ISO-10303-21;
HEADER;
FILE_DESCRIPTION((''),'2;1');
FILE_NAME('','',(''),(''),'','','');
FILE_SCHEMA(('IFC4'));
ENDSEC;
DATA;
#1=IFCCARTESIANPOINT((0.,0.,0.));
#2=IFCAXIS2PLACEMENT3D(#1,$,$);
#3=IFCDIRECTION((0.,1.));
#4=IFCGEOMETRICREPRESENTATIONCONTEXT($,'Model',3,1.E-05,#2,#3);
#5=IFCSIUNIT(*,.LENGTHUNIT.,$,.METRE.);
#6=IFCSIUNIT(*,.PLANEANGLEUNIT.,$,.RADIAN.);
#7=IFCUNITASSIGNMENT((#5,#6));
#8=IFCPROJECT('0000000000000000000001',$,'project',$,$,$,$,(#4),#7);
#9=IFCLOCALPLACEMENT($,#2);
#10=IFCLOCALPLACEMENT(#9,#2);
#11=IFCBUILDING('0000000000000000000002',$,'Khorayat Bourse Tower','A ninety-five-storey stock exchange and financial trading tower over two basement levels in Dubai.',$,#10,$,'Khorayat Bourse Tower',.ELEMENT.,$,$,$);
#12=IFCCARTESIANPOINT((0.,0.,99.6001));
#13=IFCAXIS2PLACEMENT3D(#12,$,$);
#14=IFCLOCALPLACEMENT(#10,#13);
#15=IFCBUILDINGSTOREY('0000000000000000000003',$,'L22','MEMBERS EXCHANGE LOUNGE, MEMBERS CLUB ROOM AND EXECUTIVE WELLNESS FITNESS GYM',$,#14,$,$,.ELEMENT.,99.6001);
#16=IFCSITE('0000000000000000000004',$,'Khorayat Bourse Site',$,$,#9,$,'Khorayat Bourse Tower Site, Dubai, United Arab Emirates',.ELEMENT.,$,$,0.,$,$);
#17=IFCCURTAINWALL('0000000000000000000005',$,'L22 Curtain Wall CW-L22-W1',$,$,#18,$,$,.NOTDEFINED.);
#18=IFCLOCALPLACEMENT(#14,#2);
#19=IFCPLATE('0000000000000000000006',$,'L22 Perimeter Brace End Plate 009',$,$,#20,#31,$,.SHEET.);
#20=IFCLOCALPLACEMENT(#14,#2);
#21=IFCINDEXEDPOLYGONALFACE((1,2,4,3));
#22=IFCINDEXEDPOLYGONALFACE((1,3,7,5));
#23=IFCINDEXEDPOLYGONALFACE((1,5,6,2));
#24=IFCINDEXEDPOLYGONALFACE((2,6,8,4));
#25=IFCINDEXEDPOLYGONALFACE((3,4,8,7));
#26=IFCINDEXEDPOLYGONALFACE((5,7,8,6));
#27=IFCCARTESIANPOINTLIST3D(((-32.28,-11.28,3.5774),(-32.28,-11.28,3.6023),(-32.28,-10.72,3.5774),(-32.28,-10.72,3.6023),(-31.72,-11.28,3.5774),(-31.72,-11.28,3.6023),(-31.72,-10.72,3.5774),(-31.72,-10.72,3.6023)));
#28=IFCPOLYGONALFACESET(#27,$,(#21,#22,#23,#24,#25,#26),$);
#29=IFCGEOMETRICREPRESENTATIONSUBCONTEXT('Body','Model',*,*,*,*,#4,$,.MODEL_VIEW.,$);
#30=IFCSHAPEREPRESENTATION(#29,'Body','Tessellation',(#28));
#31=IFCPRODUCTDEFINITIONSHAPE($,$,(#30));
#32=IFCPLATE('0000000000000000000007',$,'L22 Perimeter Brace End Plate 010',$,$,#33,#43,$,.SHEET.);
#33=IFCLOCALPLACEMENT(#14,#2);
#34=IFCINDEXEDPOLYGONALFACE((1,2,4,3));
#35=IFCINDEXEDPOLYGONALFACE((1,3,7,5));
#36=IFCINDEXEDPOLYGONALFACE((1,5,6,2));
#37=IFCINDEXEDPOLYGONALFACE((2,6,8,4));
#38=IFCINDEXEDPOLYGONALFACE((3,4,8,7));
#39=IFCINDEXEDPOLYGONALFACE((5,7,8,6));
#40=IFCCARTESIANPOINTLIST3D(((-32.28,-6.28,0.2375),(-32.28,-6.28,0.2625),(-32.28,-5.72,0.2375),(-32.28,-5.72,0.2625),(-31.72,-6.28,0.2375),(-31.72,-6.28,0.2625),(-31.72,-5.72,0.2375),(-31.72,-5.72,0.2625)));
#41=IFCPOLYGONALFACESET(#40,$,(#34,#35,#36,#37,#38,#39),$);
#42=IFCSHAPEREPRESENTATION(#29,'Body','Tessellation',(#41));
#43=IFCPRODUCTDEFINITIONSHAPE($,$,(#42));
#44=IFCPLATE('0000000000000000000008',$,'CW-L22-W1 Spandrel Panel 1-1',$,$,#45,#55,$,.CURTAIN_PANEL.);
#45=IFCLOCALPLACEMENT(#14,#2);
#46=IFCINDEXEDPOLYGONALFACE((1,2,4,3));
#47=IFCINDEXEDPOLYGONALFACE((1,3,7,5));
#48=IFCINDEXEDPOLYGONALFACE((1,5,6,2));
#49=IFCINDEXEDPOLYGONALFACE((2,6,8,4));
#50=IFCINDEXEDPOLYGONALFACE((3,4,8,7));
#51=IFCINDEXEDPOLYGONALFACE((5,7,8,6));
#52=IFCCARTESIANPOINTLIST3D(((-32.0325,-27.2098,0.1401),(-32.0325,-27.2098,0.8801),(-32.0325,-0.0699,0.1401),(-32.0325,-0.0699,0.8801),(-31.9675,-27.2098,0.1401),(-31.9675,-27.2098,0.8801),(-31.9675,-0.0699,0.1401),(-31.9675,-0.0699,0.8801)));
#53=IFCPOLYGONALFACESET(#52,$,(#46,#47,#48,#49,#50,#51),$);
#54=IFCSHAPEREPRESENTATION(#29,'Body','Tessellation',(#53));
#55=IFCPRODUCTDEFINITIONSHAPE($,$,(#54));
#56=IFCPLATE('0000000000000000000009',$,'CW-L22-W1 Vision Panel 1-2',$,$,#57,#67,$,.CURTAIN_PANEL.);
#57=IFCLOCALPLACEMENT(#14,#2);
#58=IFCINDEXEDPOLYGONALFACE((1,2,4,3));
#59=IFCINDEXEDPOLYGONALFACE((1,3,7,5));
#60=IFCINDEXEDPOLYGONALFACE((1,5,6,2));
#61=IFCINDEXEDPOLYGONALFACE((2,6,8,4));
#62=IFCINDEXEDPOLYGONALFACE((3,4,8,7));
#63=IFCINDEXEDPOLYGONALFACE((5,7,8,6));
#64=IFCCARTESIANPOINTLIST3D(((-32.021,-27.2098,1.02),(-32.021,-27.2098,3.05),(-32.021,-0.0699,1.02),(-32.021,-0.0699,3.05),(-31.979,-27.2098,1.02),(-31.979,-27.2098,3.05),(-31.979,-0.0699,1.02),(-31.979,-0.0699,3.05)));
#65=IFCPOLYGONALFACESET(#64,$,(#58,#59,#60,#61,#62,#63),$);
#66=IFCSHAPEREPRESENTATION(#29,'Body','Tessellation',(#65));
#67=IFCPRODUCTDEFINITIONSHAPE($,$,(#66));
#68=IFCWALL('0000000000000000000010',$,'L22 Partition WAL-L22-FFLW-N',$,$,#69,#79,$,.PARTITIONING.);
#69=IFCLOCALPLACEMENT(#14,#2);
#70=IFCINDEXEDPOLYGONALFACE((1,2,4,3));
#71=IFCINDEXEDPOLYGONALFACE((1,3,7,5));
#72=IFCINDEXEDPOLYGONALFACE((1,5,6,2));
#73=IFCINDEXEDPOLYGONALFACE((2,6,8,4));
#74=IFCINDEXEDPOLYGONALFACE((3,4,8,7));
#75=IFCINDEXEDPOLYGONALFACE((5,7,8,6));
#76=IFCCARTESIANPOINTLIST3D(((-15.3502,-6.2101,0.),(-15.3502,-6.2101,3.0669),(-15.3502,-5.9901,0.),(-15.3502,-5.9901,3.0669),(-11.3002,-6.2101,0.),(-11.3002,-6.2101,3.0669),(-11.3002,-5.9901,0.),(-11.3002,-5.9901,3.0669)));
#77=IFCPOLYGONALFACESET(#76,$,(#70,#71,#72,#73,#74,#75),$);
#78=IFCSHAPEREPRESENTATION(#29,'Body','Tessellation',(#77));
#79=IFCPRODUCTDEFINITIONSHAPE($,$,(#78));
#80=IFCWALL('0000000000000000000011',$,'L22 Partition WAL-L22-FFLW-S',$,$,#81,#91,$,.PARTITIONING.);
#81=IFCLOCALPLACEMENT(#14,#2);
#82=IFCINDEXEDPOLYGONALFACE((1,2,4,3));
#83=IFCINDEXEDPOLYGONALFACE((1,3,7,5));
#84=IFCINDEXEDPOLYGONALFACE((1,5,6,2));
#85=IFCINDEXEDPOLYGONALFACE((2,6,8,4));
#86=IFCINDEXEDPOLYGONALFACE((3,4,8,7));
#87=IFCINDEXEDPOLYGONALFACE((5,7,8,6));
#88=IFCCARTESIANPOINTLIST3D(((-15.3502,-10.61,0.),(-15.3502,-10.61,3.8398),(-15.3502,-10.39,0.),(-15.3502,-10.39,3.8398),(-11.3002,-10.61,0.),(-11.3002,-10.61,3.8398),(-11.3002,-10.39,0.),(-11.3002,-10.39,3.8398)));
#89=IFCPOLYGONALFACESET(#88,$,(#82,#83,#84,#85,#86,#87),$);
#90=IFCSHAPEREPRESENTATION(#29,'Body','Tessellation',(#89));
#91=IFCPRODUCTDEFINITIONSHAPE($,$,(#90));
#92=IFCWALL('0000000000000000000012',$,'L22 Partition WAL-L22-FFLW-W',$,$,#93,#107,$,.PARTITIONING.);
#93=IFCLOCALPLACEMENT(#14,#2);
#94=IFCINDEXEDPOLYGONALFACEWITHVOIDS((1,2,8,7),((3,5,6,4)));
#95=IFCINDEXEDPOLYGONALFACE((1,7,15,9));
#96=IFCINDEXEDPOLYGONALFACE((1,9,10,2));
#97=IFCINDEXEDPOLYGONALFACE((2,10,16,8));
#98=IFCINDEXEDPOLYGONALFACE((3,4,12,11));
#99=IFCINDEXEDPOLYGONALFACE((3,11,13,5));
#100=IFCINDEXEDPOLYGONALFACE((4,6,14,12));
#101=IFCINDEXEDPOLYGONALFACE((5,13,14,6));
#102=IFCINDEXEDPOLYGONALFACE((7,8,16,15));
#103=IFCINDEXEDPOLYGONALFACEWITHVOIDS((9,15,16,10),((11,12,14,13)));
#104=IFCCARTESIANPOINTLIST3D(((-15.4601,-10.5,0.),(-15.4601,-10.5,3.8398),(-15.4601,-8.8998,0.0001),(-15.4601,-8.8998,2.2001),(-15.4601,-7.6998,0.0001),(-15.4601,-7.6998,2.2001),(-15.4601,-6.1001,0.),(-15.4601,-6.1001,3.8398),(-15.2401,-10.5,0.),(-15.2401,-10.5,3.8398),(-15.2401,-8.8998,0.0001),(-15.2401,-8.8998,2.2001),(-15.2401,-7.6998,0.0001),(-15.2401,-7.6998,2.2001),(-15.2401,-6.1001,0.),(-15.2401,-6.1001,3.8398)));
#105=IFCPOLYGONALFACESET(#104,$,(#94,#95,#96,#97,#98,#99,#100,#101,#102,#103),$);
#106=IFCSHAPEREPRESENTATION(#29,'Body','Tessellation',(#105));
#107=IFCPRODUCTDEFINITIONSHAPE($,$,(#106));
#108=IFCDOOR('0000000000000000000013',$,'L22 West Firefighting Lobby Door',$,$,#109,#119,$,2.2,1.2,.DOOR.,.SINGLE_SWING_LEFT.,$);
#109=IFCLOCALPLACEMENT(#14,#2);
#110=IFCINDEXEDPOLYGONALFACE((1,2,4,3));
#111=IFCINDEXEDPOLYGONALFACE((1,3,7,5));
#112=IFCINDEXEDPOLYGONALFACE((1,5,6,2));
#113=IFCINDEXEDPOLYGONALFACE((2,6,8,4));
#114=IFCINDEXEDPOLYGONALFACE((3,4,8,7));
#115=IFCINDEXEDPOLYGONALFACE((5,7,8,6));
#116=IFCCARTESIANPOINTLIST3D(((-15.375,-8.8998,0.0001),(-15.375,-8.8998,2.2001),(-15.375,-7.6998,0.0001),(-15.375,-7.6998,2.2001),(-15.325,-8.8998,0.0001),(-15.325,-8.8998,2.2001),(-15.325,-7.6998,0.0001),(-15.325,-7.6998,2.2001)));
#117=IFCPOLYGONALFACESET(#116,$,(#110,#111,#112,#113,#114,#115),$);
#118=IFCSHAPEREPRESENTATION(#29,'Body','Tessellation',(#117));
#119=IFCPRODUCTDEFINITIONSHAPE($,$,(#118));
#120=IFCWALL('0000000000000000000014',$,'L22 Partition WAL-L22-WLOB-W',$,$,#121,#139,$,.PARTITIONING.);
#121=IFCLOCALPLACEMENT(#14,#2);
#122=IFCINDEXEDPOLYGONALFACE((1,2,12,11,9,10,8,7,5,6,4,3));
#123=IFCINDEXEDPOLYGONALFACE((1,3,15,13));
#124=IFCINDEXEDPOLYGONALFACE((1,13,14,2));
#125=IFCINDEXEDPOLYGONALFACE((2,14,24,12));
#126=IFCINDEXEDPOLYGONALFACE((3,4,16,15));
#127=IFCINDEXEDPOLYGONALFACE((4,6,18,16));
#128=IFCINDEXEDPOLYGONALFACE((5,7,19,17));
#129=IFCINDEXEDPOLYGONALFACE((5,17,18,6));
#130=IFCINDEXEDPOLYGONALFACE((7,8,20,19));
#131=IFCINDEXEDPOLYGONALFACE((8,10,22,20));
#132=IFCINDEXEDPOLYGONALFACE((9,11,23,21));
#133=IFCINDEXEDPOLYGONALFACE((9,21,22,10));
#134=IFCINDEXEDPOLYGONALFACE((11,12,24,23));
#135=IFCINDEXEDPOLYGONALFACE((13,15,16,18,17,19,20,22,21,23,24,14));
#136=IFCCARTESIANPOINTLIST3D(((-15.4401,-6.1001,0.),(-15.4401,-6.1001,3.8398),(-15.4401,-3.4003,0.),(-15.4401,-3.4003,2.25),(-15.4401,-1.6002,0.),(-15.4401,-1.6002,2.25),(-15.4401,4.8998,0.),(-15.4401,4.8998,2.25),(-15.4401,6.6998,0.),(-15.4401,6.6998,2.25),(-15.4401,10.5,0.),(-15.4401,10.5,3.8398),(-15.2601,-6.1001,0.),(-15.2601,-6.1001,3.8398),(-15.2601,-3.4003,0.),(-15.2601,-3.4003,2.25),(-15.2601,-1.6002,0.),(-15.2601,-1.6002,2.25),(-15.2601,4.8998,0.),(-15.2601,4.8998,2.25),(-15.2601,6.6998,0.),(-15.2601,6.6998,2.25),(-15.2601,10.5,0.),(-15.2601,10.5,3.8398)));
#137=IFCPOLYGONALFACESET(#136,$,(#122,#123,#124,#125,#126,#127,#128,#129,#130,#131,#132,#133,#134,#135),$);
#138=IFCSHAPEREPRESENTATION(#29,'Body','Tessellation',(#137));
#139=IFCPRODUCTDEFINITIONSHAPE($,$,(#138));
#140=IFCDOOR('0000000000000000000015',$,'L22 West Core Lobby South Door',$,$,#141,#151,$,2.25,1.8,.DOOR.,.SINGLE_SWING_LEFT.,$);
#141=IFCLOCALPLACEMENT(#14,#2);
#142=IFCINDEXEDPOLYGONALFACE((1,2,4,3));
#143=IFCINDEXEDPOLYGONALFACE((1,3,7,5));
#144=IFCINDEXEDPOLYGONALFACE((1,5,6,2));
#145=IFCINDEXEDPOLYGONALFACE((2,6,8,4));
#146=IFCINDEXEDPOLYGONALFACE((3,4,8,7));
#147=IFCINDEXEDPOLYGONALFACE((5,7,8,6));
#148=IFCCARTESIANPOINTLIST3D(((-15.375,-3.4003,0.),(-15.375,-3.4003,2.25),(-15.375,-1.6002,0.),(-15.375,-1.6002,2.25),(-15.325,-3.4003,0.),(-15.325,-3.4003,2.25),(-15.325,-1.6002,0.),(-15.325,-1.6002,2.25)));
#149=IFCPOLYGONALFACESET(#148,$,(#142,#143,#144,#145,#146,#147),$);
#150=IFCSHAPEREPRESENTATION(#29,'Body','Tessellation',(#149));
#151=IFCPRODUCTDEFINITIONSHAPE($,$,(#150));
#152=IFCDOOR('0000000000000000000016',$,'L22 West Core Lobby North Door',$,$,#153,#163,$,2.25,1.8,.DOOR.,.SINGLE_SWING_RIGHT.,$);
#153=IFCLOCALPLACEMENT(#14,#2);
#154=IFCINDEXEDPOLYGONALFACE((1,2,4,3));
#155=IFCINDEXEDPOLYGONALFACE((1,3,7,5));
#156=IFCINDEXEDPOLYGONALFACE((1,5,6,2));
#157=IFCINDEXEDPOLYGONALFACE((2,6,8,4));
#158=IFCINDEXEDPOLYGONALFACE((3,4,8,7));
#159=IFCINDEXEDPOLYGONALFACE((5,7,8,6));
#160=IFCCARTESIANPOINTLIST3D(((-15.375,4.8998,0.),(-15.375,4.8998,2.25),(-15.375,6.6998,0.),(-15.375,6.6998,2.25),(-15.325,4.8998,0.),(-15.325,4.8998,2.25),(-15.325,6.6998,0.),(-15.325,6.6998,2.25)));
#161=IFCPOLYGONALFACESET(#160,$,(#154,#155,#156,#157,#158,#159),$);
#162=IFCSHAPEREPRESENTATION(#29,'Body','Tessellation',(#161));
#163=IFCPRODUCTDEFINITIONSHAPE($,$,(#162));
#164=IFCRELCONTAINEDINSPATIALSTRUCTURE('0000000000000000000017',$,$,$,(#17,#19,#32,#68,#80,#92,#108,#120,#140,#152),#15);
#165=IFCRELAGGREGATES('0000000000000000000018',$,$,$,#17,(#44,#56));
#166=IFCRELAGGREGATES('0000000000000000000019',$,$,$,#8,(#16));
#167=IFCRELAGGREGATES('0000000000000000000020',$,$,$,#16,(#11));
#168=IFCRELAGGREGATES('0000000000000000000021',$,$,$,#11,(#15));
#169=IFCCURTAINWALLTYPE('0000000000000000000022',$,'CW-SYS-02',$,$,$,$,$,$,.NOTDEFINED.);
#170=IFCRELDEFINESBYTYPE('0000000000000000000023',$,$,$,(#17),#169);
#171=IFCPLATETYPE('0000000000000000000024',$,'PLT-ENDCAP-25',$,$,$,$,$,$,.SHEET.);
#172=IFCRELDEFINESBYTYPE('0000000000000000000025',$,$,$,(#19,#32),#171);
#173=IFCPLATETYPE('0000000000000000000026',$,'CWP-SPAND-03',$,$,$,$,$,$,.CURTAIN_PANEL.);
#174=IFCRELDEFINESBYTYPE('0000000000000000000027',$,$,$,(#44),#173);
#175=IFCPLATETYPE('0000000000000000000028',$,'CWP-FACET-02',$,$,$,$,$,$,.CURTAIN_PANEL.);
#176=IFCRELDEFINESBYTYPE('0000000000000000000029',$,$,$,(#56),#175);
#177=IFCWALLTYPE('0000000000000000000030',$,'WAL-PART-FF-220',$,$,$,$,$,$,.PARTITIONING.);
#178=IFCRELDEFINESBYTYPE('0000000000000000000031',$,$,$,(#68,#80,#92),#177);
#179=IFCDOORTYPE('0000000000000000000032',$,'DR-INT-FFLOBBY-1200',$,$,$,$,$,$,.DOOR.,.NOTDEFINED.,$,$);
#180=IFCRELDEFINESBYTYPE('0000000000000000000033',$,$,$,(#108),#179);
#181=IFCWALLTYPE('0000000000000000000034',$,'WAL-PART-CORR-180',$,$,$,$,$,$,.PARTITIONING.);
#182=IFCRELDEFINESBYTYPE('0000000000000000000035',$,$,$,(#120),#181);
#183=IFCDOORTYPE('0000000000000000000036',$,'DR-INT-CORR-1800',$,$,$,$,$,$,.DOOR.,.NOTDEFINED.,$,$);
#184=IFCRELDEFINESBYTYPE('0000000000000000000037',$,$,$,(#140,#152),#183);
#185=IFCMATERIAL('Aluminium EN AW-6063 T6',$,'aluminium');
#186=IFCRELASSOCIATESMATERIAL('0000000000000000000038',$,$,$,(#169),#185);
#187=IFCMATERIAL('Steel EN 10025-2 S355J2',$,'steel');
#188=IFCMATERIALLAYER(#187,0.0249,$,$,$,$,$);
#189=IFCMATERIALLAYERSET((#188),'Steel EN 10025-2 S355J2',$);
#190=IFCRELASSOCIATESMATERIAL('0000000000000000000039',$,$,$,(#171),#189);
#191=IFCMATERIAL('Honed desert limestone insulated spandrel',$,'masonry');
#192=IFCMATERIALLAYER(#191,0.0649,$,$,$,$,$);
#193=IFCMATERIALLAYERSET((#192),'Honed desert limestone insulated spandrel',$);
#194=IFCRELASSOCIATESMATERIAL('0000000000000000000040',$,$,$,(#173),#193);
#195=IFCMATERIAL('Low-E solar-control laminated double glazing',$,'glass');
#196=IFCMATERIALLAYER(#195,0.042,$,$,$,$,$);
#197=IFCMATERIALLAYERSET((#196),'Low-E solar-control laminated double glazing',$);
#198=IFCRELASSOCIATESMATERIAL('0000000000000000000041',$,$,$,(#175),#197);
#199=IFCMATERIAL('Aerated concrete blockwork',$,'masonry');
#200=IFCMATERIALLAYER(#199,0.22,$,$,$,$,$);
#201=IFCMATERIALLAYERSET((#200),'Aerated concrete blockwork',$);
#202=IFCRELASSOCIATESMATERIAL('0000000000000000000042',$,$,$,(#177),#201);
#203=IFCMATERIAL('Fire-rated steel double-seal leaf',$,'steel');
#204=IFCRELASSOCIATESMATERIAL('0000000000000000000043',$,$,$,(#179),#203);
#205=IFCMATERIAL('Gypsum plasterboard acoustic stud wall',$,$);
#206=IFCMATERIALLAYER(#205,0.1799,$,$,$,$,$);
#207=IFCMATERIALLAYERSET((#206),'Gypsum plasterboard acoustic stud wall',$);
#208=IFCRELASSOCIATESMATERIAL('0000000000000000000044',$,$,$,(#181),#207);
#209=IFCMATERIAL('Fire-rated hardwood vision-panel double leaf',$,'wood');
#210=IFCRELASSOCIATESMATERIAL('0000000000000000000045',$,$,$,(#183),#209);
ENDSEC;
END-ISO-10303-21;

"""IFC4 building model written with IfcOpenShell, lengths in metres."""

from ifc_helpers import new_model, si_unit, direction, frame, frame_2d, origin, origin_2d, place, context, subcontext, project, spatial, rectangle, extrude, source, transform, mapped, material, layer, layer_set, type_object, element, fill, aggregate, save


model = new_model("IFC4")

# Units and contexts
model_context = context("Model", 3, precision=1e-05, world=origin(), true_north=direction((0.0, 1.0)))
body_context = subcontext(model_context, "Body", "Model", "MODEL_VIEW")
ifc_project = project(units=[si_unit("LENGTHUNIT", "METRE"), si_unit("PLANEANGLEUNIT", "RADIAN")], contexts=[model_context])

# Site, building, storey
site_placement = place(None, origin())
site = spatial("IfcSite", under=ifc_project, at=site_placement, Name="Khorayat Bourse Site", LongName="Khorayat Bourse Tower Site, Dubai, United Arab Emirates", CompositionType="ELEMENT", RefElevation=0.0)
building_placement = place(site_placement, origin())
building = spatial("IfcBuilding", under=site, at=building_placement, Name="Khorayat Bourse Tower", Description="A ninety-five-storey stock exchange and financial trading tower over two basement levels in Dubai.", LongName="Khorayat Bourse Tower", CompositionType="ELEMENT")
storey_placement = place(building_placement, frame((0.0, 0.0, 99.6001)))
storey = spatial("IfcBuildingStorey", under=building, at=storey_placement, Name="L22", Description="MEMBERS EXCHANGE LOUNGE, MEMBERS CLUB ROOM AND EXECUTIVE WELLNESS FITNESS GYM", CompositionType="ELEMENT", Elevation=99.6001)

# Curtain wall
ifc_material_1 = material(Name="Aluminium EN AW-6063 T6", Category="aluminium")
curtain_wall_type = type_object("IfcCurtainWallType", Name="CW-SYS-02", PredefinedType="NOTDEFINED", material=ifc_material_1)
curtain_wall_placement = place(storey_placement, origin())
curtain_wall = element("IfcCurtainWall", 1, at=curtain_wall_placement, inside=storey, type_object=curtain_wall_type, Name="L22 Curtain Wall CW-L22-W1", PredefinedType="NOTDEFINED")

# Plates
ifc_material_2 = material(Name="Steel EN 10025-2 S355J2", Category="steel")
ifc_layer_1 = layer(ifc_material_2, 0.0249)
ifc_layer_set_1 = layer_set([ifc_layer_1], Name="Steel EN 10025-2 S355J2")
plate_type_1 = type_object("IfcPlateType", Name="PLT-ENDCAP-25", PredefinedType="SHEET", material=ifc_layer_set_1)
shared_shape_1 = source(origin(), body_context, "Body", "SweptSolid", [
    extrude(rectangle(XDim=0.5601, YDim=0.5601, at=origin_2d()), origin(), (0.0, 0.0, 1.0), 0.0249),
])
for number, where, z_axis, x_axis, name in (
    (2, (-32.0, -11.0, 3.5774), (0.0, 0.0, 1.0), (1.0, 0.0, 0.0), "L22 Perimeter Brace End Plate 009"),
    (3, (-32.0, -6.0, 0.2375), (0.0, 0.0, 1.0), (1.0, 0.0, 0.0), "L22 Perimeter Brace End Plate 010"),
):
    element("IfcPlate", number, at=place(storey_placement, frame(where, z_axis=z_axis, x_axis=x_axis)), inside=storey, type_object=plate_type_1, Name=name, PredefinedType="SHEET", context=body_context, shape_type="MappedRepresentation", body=[
        mapped(shared_shape_1, transform((0.0, 0.0, 0.0), scale=1.0)),
    ])

# Plates
ifc_material_3 = material(Name="Honed desert limestone insulated spandrel", Category="masonry")
ifc_layer_2 = layer(ifc_material_3, 0.0649)
ifc_layer_set_2 = layer_set([ifc_layer_2], Name="Honed desert limestone insulated spandrel")
plate_type_2 = type_object("IfcPlateType", Name="CWP-SPAND-03", PredefinedType="CURTAIN_PANEL", material=ifc_layer_set_2)
shared_shape_2 = source(origin(), body_context, "Body", "SweptSolid", [
    extrude(rectangle(XDim=27.1399, YDim=0.0649, at=origin_2d()), origin(), (0.0, 0.0, 1.0), 0.74),
])
plate_1_placement = place(storey_placement, frame((-32.0, -13.6399, 0.1401), z_axis=(0.0, 0.0, 1.0), x_axis=(0.0, 1.0, 0.0)))
plate_1 = element("IfcPlate", 4, at=plate_1_placement, type_object=plate_type_2, Name="CW-L22-W1 Spandrel Panel 1-1", PredefinedType="CURTAIN_PANEL", context=body_context, shape_type="MappedRepresentation", body=[
    mapped(shared_shape_2, transform((0.0, 0.0, 0.0), scale=1.0)),
])
ifc_material_4 = material(Name="Low-E solar-control laminated double glazing", Category="glass")
ifc_layer_3 = layer(ifc_material_4, 0.042)
ifc_layer_set_3 = layer_set([ifc_layer_3], Name="Low-E solar-control laminated double glazing")
plate_type_3 = type_object("IfcPlateType", Name="CWP-FACET-02", PredefinedType="CURTAIN_PANEL", material=ifc_layer_set_3)
shared_shape_3 = source(origin(), body_context, "Body", "SweptSolid", [
    extrude(rectangle(XDim=27.1399, YDim=0.042, at=origin_2d()), origin(), (0.0, 0.0, 1.0), 2.03),
])
plate_2_placement = place(storey_placement, frame((-32.0, -13.6399, 1.02), z_axis=(0.0, 0.0, 1.0), x_axis=(0.0, 1.0, 0.0)))
plate_2 = element("IfcPlate", 5, at=plate_2_placement, type_object=plate_type_3, Name="CW-L22-W1 Vision Panel 1-2", PredefinedType="CURTAIN_PANEL", context=body_context, shape_type="MappedRepresentation", body=[
    mapped(shared_shape_3, transform((0.0, 0.0, 0.0), scale=1.0)),
])
aggregate(curtain_wall, [plate_1, plate_2])

# Walls
ifc_material_5 = material(Name="Aerated concrete blockwork", Category="masonry")
ifc_layer_4 = layer(ifc_material_5, 0.22)
ifc_layer_set_4 = layer_set([ifc_layer_4], Name="Aerated concrete blockwork")
wall_type_1 = type_object("IfcWallType", Name="WAL-PART-FF-220", PredefinedType="PARTITIONING", material=ifc_layer_set_4)
shared_shape_4 = source(origin(), body_context, "Body", "SweptSolid", [
    extrude(rectangle(XDim=4.05, YDim=0.22, at=frame_2d((2.0249, 0.0))), origin(), (0.0, 0.0, 1.0), 3.0669),
])
wall_1_placement = place(storey_placement, frame((-15.3501, -6.1001, 0.0), z_axis=(0.0, 0.0, 1.0), x_axis=(1.0, 0.0, 0.0)))
element("IfcWall", 6, at=wall_1_placement, inside=storey, type_object=wall_type_1, Name="L22 Partition WAL-L22-FFLW-N", PredefinedType="PARTITIONING", context=body_context, shape_type="MappedRepresentation", body=[
    mapped(shared_shape_4, transform((0.0, 0.0, 0.0), scale=1.0)),
])
shared_shape_5 = source(origin(), body_context, "Body", "SweptSolid", [
    extrude(rectangle(XDim=4.05, YDim=0.22, at=frame_2d((2.0249, 0.0))), origin(), (0.0, 0.0, 1.0), 3.8398),
])
wall_2_placement = place(storey_placement, frame((-15.3501, -10.5, 0.0), z_axis=(0.0, 0.0, 1.0), x_axis=(1.0, 0.0, 0.0)))
element("IfcWall", 7, at=wall_2_placement, inside=storey, type_object=wall_type_1, Name="L22 Partition WAL-L22-FFLW-S", PredefinedType="PARTITIONING", context=body_context, shape_type="MappedRepresentation", body=[
    mapped(shared_shape_5, transform((0.0, 0.0, 0.0), scale=1.0)),
])

# Wall, opening, door
shared_shape_6 = source(origin(), body_context, "Body", "SweptSolid", [
    extrude(rectangle(XDim=4.3999, YDim=0.22, at=frame_2d((2.2, 0.0))), origin(), (0.0, 0.0, 1.0), 3.8398),
])
wall_3_placement = place(storey_placement, frame((-15.3501, -10.5, 0.0), z_axis=(0.0, 0.0, 1.0), x_axis=(0.0, 1.0, 0.0)))
wall_3 = element("IfcWall", 8, at=wall_3_placement, inside=storey, type_object=wall_type_1, Name="L22 Partition WAL-L22-FFLW-W", PredefinedType="PARTITIONING", context=body_context, shape_type="MappedRepresentation", body=[
    mapped(shared_shape_6, transform((0.0, 0.0, 0.0), scale=1.0)),
])
shared_shape_7 = source(origin(), body_context, "Body", "SweptSolid", [
    extrude(rectangle(XDim=1.2, YDim=2.2, at=frame_2d((0.6001, 1.1001))), frame((0.0, 0.1199, 0.0), z_axis=(0.0, -1.0, 0.0), x_axis=(1.0, 0.0, 0.0)), (0.0, 0.0, 1.0), 0.24),
])
opening_1_placement = place(wall_3_placement, frame((1.6001, 0.0, 0.0)))
opening_1 = element("IfcOpeningElement", 9, at=opening_1_placement, cuts=wall_3, PredefinedType="OPENING", context=body_context, shape_type="MappedRepresentation", body=[
    mapped(shared_shape_7, transform((0.0, 0.0, 0.0), scale=1.0)),
])
ifc_material_6 = material(Name="Fire-rated steel double-seal leaf", Category="steel")
door_type_1 = type_object("IfcDoorType", Name="DR-INT-FFLOBBY-1200", OperationType="NOTDEFINED", PredefinedType="DOOR", material=ifc_material_6)
shared_shape_8 = source(origin(), body_context, "Body", "SweptSolid", [
    extrude(rectangle(XDim=1.2, YDim=2.2, at=frame_2d((0.6001, 1.1001))), frame((0.0, 0.0249, 0.0), z_axis=(0.0, -1.0, 0.0), x_axis=(1.0, 0.0, 0.0)), (0.0, 0.0, 1.0), 0.05),
])
door_1_placement = place(opening_1_placement, origin())
door_1 = element("IfcDoor", 10, at=door_1_placement, inside=storey, type_object=door_type_1, Name="L22 West Firefighting Lobby Door", OperationType="SINGLE_SWING_LEFT", OverallHeight=2.2, OverallWidth=1.2, PredefinedType="DOOR", context=body_context, shape_type="MappedRepresentation", body=[
    mapped(shared_shape_8, transform((0.0, 0.0, 0.0), scale=1.0)),
])
fill(opening_1, door_1)

# Wall, openings, doors
ifc_material_7 = material(Name="Gypsum plasterboard acoustic stud wall")
ifc_layer_5 = layer(ifc_material_7, 0.1799)
ifc_layer_set_5 = layer_set([ifc_layer_5], Name="Gypsum plasterboard acoustic stud wall")
wall_type_2 = type_object("IfcWallType", Name="WAL-PART-CORR-180", PredefinedType="PARTITIONING", material=ifc_layer_set_5)
shared_shape_9 = source(origin(), body_context, "Body", "SweptSolid", [
    extrude(rectangle(XDim=16.6001, YDim=0.1799, at=frame_2d((8.3, 0.0))), origin(), (0.0, 0.0, 1.0), 3.8398),
])
wall_4_placement = place(storey_placement, frame((-15.3501, -6.1001, 0.0), z_axis=(0.0, 0.0, 1.0), x_axis=(0.0, 1.0, 0.0)))
wall_4 = element("IfcWall", 11, at=wall_4_placement, inside=storey, type_object=wall_type_2, Name="L22 Partition WAL-L22-WLOB-W", PredefinedType="PARTITIONING", context=body_context, shape_type="MappedRepresentation", body=[
    mapped(shared_shape_9, transform((0.0, 0.0, 0.0), scale=1.0)),
])
shared_shape_10 = source(origin(), body_context, "Body", "SweptSolid", [
    extrude(rectangle(XDim=1.8, YDim=2.25, at=frame_2d((0.8999, 1.125))), frame((0.0, 0.0999, 0.0), z_axis=(0.0, -1.0, 0.0), x_axis=(1.0, 0.0, 0.0)), (0.0, 0.0, 1.0), 0.2),
])
opening_2_placement = place(wall_4_placement, frame((2.7, 0.0, 0.0)))
opening_2 = element("IfcOpeningElement", 12, at=opening_2_placement, cuts=wall_4, PredefinedType="OPENING", context=body_context, shape_type="MappedRepresentation", body=[
    mapped(shared_shape_10, transform((0.0, 0.0, 0.0), scale=1.0)),
])
opening_3_placement = place(wall_4_placement, frame((11.0, 0.0, 0.0)))
opening_3 = element("IfcOpeningElement", 13, at=opening_3_placement, cuts=wall_4, PredefinedType="OPENING", context=body_context, shape_type="MappedRepresentation", body=[
    mapped(shared_shape_10, transform((0.0, 0.0, 0.0), scale=1.0)),
])
ifc_material_8 = material(Name="Fire-rated hardwood vision-panel double leaf", Category="wood")
door_type_2 = type_object("IfcDoorType", Name="DR-INT-CORR-1800", OperationType="NOTDEFINED", PredefinedType="DOOR", material=ifc_material_8)
shared_shape_11 = source(origin(), body_context, "Body", "SweptSolid", [
    extrude(rectangle(XDim=1.8, YDim=2.25, at=frame_2d((0.8999, 1.125))), frame((0.0, 0.0249, 0.0), z_axis=(0.0, -1.0, 0.0), x_axis=(1.0, 0.0, 0.0)), (0.0, 0.0, 1.0), 0.05),
])
door_2_placement = place(opening_2_placement, origin())
door_2 = element("IfcDoor", 14, at=door_2_placement, inside=storey, type_object=door_type_2, Name="L22 West Core Lobby South Door", OperationType="SINGLE_SWING_LEFT", OverallHeight=2.25, OverallWidth=1.8, PredefinedType="DOOR", context=body_context, shape_type="MappedRepresentation", body=[
    mapped(shared_shape_11, transform((0.0, 0.0, 0.0), scale=1.0)),
])
fill(opening_2, door_2)
door_3_placement = place(opening_3_placement, origin())
door_3 = element("IfcDoor", 15, at=door_3_placement, inside=storey, type_object=door_type_2, Name="L22 West Core Lobby North Door", OperationType="SINGLE_SWING_RIGHT", OverallHeight=2.25, OverallWidth=1.8, PredefinedType="DOOR", context=body_context, shape_type="MappedRepresentation", body=[
    mapped(shared_shape_11, transform((0.0, 0.0, 0.0), scale=1.0)),
])
fill(opening_3, door_3)

save(model, "model.ifc")
